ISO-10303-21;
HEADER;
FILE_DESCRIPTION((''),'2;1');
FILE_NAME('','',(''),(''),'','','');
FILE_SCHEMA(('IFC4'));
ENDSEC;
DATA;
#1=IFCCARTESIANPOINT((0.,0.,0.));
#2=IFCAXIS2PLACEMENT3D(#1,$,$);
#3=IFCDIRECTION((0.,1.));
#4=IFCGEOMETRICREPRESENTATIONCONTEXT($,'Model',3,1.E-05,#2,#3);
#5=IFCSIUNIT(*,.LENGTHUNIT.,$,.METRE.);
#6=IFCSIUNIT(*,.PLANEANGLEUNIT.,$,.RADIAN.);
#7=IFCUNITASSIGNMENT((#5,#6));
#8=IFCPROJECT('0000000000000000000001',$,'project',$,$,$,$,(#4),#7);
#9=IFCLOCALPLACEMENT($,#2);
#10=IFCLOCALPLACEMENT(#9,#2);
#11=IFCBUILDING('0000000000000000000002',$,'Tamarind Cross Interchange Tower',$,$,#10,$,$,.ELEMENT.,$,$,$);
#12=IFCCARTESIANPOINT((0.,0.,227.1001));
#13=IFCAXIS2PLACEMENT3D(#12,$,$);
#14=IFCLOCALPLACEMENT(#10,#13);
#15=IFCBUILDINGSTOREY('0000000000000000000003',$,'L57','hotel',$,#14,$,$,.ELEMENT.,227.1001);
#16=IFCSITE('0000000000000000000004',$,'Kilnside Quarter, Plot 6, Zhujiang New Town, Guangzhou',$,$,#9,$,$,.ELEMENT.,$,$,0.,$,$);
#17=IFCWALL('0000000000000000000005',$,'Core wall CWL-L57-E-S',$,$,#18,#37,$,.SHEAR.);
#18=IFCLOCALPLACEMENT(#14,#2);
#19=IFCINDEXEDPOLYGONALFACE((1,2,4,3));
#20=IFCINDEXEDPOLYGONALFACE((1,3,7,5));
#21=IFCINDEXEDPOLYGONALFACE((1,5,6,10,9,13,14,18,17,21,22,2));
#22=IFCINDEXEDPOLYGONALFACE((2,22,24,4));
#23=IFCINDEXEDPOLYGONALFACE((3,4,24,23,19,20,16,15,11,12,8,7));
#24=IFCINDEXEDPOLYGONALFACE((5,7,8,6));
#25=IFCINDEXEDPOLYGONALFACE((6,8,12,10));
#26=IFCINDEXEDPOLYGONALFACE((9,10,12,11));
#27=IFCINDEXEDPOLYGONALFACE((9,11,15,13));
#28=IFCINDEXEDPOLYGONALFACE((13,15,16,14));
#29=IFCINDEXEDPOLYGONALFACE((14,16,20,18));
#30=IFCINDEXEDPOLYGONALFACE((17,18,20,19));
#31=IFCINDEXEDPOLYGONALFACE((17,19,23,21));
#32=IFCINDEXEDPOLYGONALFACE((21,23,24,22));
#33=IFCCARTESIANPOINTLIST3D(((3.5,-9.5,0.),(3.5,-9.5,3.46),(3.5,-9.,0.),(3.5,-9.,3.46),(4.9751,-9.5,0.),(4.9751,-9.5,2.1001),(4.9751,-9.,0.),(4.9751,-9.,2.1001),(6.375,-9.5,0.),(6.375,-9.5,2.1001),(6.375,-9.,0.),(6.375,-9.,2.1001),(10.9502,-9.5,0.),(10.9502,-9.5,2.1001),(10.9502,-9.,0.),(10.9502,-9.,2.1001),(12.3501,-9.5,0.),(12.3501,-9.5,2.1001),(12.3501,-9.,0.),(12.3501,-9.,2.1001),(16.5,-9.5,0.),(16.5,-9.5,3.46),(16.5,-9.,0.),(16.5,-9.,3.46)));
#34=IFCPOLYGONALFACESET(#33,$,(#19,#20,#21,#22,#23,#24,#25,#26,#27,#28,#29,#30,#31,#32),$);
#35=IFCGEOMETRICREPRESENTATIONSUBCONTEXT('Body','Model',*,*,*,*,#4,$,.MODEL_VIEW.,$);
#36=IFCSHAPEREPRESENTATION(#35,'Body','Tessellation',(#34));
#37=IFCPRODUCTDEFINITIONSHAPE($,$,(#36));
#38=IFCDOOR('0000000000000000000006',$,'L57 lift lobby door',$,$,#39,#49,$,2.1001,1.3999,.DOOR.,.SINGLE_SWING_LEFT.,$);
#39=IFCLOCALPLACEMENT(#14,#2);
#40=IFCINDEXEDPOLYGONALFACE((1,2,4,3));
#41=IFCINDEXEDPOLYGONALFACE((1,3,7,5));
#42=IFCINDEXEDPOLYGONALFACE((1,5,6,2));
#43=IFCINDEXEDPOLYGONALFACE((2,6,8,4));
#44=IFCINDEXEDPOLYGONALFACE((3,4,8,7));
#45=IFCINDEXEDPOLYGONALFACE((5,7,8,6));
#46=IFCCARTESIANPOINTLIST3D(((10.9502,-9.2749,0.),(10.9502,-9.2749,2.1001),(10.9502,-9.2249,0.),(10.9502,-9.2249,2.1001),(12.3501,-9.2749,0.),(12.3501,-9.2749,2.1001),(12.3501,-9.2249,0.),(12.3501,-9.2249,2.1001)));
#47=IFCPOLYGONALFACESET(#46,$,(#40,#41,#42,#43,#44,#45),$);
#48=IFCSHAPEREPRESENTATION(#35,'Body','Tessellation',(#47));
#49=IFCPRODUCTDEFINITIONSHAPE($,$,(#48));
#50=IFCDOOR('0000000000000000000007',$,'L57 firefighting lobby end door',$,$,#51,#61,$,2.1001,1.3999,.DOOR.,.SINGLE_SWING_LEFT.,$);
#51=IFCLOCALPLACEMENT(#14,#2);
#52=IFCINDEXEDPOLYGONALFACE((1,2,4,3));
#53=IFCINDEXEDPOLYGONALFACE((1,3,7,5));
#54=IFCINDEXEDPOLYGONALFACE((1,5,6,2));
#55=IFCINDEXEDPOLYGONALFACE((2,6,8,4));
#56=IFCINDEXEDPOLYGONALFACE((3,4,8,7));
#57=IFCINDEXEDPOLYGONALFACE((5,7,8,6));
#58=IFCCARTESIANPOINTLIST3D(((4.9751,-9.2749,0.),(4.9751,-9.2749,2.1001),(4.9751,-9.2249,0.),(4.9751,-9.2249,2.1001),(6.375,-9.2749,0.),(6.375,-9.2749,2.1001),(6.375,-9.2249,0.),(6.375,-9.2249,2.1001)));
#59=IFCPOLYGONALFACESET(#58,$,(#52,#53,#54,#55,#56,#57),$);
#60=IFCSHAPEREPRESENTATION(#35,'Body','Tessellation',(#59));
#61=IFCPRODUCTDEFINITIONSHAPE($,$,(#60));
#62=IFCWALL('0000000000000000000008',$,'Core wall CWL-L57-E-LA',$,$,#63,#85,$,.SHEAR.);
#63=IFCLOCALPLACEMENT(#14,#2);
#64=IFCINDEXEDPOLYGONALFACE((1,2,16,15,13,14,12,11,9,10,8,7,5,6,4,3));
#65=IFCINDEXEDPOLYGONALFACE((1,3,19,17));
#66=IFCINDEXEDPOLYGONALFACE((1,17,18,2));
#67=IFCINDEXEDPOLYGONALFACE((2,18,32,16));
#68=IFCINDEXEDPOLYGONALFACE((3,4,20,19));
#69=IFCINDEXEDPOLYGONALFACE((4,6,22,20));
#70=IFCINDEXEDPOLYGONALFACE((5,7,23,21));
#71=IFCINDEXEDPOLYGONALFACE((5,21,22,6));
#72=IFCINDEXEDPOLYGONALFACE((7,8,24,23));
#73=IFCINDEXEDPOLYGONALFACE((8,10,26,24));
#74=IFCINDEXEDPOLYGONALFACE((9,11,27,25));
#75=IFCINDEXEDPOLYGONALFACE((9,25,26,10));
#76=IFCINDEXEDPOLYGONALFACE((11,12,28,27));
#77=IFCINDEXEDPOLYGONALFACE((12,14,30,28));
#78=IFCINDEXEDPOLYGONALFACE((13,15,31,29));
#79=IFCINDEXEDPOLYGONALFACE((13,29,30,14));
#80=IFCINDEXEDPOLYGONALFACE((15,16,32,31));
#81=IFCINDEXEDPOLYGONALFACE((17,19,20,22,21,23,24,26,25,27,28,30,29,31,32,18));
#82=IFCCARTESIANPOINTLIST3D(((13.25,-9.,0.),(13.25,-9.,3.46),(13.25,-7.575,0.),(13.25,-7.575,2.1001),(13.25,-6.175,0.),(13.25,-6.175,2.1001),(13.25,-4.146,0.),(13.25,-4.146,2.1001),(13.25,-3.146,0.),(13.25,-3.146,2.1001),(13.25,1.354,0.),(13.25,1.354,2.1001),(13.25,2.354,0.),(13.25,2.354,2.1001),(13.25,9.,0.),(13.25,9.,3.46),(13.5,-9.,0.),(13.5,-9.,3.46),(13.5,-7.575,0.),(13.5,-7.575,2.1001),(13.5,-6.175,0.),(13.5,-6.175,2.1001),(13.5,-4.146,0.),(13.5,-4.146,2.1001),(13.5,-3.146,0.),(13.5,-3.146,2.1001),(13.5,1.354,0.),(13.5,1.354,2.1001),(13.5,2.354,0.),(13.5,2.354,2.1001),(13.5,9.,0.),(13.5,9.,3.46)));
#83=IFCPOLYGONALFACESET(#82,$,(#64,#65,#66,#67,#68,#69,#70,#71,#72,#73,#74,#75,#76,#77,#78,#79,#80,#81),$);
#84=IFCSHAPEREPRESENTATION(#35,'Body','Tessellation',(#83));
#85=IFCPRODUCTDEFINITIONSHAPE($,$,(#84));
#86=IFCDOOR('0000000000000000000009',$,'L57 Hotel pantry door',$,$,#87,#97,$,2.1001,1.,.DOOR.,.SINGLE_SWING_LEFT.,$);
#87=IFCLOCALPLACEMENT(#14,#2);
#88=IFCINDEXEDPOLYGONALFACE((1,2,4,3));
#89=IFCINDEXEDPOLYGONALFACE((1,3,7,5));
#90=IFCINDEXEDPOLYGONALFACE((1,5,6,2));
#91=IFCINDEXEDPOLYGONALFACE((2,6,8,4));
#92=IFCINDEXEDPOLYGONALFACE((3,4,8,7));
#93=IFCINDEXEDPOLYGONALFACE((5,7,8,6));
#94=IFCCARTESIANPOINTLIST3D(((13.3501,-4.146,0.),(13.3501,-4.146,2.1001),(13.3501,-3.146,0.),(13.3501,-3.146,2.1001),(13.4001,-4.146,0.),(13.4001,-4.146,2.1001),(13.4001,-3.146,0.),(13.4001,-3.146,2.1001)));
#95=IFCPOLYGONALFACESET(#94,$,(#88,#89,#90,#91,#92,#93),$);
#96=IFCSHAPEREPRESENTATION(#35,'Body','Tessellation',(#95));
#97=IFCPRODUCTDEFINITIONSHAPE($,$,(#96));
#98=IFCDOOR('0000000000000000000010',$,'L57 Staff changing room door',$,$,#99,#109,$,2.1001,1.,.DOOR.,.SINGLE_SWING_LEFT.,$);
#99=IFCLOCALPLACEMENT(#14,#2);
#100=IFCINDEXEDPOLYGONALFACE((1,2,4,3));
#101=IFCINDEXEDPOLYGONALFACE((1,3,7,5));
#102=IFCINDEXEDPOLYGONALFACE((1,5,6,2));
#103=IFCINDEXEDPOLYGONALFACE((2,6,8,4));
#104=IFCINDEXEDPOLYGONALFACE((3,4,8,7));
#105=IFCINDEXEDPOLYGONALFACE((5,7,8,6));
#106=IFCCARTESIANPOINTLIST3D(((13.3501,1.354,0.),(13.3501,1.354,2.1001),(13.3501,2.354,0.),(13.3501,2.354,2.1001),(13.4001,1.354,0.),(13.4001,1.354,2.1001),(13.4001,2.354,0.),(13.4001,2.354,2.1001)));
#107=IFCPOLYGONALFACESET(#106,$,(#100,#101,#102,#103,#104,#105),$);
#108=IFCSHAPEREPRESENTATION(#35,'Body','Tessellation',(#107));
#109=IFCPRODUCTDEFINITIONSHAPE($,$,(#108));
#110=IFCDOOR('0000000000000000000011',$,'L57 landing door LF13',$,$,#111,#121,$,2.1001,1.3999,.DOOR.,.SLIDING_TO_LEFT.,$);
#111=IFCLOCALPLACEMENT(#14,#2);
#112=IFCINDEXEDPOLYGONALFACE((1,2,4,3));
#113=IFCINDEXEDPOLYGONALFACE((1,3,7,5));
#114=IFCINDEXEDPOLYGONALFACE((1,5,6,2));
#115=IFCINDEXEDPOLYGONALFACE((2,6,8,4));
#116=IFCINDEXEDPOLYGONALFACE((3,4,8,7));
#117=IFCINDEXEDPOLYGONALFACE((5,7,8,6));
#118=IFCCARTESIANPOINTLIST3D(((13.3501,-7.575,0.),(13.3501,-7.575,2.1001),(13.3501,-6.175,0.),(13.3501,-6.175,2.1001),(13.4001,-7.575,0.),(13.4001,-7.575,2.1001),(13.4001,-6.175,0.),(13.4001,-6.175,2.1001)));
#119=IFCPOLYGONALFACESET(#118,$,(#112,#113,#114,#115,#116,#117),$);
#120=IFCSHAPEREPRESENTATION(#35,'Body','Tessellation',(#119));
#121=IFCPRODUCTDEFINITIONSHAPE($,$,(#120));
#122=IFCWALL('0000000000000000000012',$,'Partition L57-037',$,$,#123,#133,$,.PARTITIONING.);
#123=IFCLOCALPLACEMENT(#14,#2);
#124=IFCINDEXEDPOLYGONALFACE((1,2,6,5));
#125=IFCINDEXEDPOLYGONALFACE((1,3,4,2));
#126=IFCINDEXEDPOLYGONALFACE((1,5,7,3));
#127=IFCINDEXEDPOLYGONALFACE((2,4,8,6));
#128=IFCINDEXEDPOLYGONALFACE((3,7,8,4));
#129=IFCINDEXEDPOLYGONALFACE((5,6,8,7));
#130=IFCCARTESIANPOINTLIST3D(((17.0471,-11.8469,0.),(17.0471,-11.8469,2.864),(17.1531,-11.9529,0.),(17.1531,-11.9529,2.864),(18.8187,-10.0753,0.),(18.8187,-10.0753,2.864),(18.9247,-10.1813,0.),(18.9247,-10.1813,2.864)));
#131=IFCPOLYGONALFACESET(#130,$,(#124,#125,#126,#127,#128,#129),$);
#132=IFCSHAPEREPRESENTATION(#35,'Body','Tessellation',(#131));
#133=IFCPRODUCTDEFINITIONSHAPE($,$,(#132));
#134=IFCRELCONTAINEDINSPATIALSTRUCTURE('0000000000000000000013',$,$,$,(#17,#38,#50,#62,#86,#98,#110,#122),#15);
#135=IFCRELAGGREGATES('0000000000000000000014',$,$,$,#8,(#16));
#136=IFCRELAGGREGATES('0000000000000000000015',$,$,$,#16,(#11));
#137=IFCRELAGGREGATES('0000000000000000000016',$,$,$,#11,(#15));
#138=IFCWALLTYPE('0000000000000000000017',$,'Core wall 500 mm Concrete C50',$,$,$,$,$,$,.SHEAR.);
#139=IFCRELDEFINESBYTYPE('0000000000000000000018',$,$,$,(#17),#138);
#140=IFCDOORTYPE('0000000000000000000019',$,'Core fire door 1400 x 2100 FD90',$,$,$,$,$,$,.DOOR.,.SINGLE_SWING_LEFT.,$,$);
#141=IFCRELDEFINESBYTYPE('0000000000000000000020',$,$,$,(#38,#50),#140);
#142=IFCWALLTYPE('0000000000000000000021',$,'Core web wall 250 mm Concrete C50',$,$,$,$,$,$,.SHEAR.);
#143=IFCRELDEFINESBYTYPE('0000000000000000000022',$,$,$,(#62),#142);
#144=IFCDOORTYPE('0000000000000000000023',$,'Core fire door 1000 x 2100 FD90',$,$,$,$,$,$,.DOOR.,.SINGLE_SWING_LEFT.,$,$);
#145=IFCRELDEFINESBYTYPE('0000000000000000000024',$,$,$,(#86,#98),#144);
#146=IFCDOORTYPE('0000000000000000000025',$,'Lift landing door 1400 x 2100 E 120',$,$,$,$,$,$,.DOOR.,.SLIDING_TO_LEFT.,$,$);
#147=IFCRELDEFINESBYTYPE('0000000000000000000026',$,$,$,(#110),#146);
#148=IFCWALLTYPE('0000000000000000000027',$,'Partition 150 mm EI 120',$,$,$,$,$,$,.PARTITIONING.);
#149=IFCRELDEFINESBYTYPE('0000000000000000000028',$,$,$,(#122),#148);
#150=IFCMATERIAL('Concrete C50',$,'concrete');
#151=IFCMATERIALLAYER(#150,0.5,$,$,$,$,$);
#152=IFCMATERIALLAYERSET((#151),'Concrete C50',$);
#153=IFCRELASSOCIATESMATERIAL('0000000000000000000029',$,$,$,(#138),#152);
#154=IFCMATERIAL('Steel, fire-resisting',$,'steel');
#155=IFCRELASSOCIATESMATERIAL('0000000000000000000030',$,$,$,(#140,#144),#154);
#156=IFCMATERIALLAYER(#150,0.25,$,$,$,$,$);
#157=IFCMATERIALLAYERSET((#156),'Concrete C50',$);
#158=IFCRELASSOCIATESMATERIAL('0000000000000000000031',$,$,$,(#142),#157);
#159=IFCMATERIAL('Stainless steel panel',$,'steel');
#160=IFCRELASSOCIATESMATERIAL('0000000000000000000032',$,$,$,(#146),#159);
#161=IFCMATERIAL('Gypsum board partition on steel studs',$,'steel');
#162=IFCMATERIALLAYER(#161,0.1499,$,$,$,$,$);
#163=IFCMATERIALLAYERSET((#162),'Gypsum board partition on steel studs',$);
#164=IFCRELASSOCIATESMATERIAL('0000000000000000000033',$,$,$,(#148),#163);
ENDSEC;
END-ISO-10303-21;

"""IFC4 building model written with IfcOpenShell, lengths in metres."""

from ifc_helpers import new_model, si_unit, direction, frame, frame_2d, origin, place, context, subcontext, project, spatial, rectangle, extrude, material, layer, layer_set, type_object, element, fill, save


model = new_model("IFC4")

# Units and contexts
model_context = context("Model", 3, precision=1e-05, world=origin(), true_north=direction((0.0, 1.0)))
body_context = subcontext(model_context, "Body", "Model", "MODEL_VIEW")
ifc_project = project(units=[si_unit("LENGTHUNIT", "METRE"), si_unit("PLANEANGLEUNIT", "RADIAN")], contexts=[model_context])

# Site, building, storey
site_placement = place(None, origin())
site = spatial("IfcSite", under=ifc_project, at=site_placement, Name="Kilnside Quarter, Plot 6, Zhujiang New Town, Guangzhou", CompositionType="ELEMENT", RefElevation=0.0)
building_placement = place(site_placement, origin())
building = spatial("IfcBuilding", under=site, at=building_placement, Name="Tamarind Cross Interchange Tower", CompositionType="ELEMENT")
storey_placement = place(building_placement, frame((0.0, 0.0, 227.1001)))
storey = spatial("IfcBuildingStorey", under=building, at=storey_placement, Name="L57", Description="hotel", CompositionType="ELEMENT", Elevation=227.1001)

# Shared definitions
ifc_material_1 = material(Name="Concrete C50", Category="concrete")

# Walls, openings, doors
ifc_layer_1 = layer(ifc_material_1, 0.5)
ifc_layer_set_1 = layer_set([ifc_layer_1], Name="Concrete C50")
wall_type_1 = type_object("IfcWallType", Name="Core wall 500 mm Concrete C50", PredefinedType="SHEAR", material=ifc_layer_set_1)
wall_1_placement = place(storey_placement, frame((16.5, -9.25, 0.0), z_axis=(0.0, 0.0, 1.0), x_axis=(-1.0, 0.0, 0.0)))
wall_1 = element("IfcWall", 1, at=wall_1_placement, inside=storey, type_object=wall_type_1, Name="Core wall CWL-L57-E-S", PredefinedType="SHEAR", context=body_context, shape_type="SweptSolid", body=[
    extrude(rectangle(XDim=13.0, YDim=0.5, at=frame_2d((6.5, 0.0))), origin(), (0.0, 0.0, 1.0), 3.46),
])
opening_1_placement = place(wall_1_placement, frame((4.1499, 0.0, 0.0)))
opening_1 = element("IfcOpeningElement", 2, at=opening_1_placement, cuts=wall_1, PredefinedType="OPENING", context=body_context, shape_type="SweptSolid", body=[
    extrude(rectangle(XDim=1.3999, YDim=2.1001, at=frame_2d((0.7, 1.05))), frame((0.0, 0.26, 0.0), z_axis=(0.0, -1.0, 0.0), x_axis=(1.0, 0.0, 0.0)), (0.0, 0.0, 1.0), 0.52),
])
opening_2_placement = place(wall_1_placement, frame((10.125, 0.0, 0.0)))
opening_2 = element("IfcOpeningElement", 3, at=opening_2_placement, cuts=wall_1, PredefinedType="OPENING", context=body_context, shape_type="SweptSolid", body=[
    extrude(rectangle(XDim=1.3999, YDim=2.1001, at=frame_2d((0.7, 1.05))), frame((0.0, 0.26, 0.0), z_axis=(0.0, -1.0, 0.0), x_axis=(1.0, 0.0, 0.0)), (0.0, 0.0, 1.0), 0.52),
])
ifc_material_2 = material(Name="Steel, fire-resisting", Category="steel")
door_type_1 = type_object("IfcDoorType", Name="Core fire door 1400 x 2100 FD90", OperationType="SINGLE_SWING_LEFT", PredefinedType="DOOR", material=ifc_material_2)
door_1_placement = place(opening_1_placement, origin())
door_1 = element("IfcDoor", 4, at=door_1_placement, inside=storey, type_object=door_type_1, Name="L57 lift lobby door", OperationType="SINGLE_SWING_LEFT", OverallHeight=2.1001, OverallWidth=1.3999, PredefinedType="DOOR", context=body_context, shape_type="SweptSolid", body=[
    extrude(rectangle(XDim=1.3999, YDim=2.1001, at=frame_2d((0.7, 1.05))), frame((0.0, 0.0249, 0.0), z_axis=(0.0, -1.0, 0.0), x_axis=(1.0, 0.0, 0.0)), (0.0, 0.0, 1.0), 0.05),
])
fill(opening_1, door_1)
door_2_placement = place(opening_2_placement, origin())
door_2 = element("IfcDoor", 5, at=door_2_placement, inside=storey, type_object=door_type_1, Name="L57 firefighting lobby end door", OperationType="SINGLE_SWING_LEFT", OverallHeight=2.1001, OverallWidth=1.3999, PredefinedType="DOOR", context=body_context, shape_type="SweptSolid", body=[
    extrude(rectangle(XDim=1.3999, YDim=2.1001, at=frame_2d((0.7, 1.05))), frame((0.0, 0.0249, 0.0), z_axis=(0.0, -1.0, 0.0), x_axis=(1.0, 0.0, 0.0)), (0.0, 0.0, 1.0), 0.05),
])
fill(opening_2, door_2)
ifc_layer_2 = layer(ifc_material_1, 0.25)
ifc_layer_set_2 = layer_set([ifc_layer_2], Name="Concrete C50")
wall_type_2 = type_object("IfcWallType", Name="Core web wall 250 mm Concrete C50", PredefinedType="SHEAR", material=ifc_layer_set_2)
wall_2_placement = place(storey_placement, frame((13.375, -9.0, 0.0), z_axis=(0.0, 0.0, 1.0), x_axis=(0.0, 1.0, 0.0)))
wall_2 = element("IfcWall", 6, at=wall_2_placement, inside=storey, type_object=wall_type_2, Name="Core wall CWL-L57-E-LA", PredefinedType="SHEAR", context=body_context, shape_type="SweptSolid", body=[
    extrude(rectangle(XDim=18.0, YDim=0.25, at=frame_2d((9.0, 0.0))), origin(), (0.0, 0.0, 1.0), 3.46),
])
opening_3_placement = place(wall_2_placement, frame((1.425, 0.0, 0.0)))
opening_3 = element("IfcOpeningElement", 7, at=opening_3_placement, cuts=wall_2, PredefinedType="OPENING", context=body_context, shape_type="SweptSolid", body=[
    extrude(rectangle(XDim=1.3999, YDim=2.1001, at=frame_2d((0.7, 1.05))), frame((0.0, 0.135, 0.0), z_axis=(0.0, -1.0, 0.0), x_axis=(1.0, 0.0, 0.0)), (0.0, 0.0, 1.0), 0.27),
])
opening_4_placement = place(wall_2_placement, frame((4.854, 0.0, 0.0)))
opening_4 = element("IfcOpeningElement", 8, at=opening_4_placement, cuts=wall_2, PredefinedType="OPENING", context=body_context, shape_type="SweptSolid", body=[
    extrude(rectangle(XDim=1.0, YDim=2.1001, at=frame_2d((0.5, 1.05))), frame((0.0, 0.135, 0.0), z_axis=(0.0, -1.0, 0.0), x_axis=(1.0, 0.0, 0.0)), (0.0, 0.0, 1.0), 0.27),
])
opening_5_placement = place(wall_2_placement, frame((10.354, 0.0, 0.0)))
opening_5 = element("IfcOpeningElement", 9, at=opening_5_placement, cuts=wall_2, PredefinedType="OPENING", context=body_context, shape_type="SweptSolid", body=[
    extrude(rectangle(XDim=1.0, YDim=2.1001, at=frame_2d((0.5, 1.05))), frame((0.0, 0.135, 0.0), z_axis=(0.0, -1.0, 0.0), x_axis=(1.0, 0.0, 0.0)), (0.0, 0.0, 1.0), 0.27),
])
door_type_2 = type_object("IfcDoorType", Name="Core fire door 1000 x 2100 FD90", OperationType="SINGLE_SWING_LEFT", PredefinedType="DOOR", material=ifc_material_2)
door_3_placement = place(opening_4_placement, origin())
door_3 = element("IfcDoor", 10, at=door_3_placement, inside=storey, type_object=door_type_2, Name="L57 Hotel pantry door", OperationType="SINGLE_SWING_LEFT", OverallHeight=2.1001, OverallWidth=1.0, PredefinedType="DOOR", context=body_context, shape_type="SweptSolid", body=[
    extrude(rectangle(XDim=1.0, YDim=2.1001, at=frame_2d((0.5, 1.05))), frame((0.0, 0.0249, 0.0), z_axis=(0.0, -1.0, 0.0), x_axis=(1.0, 0.0, 0.0)), (0.0, 0.0, 1.0), 0.05),
])
fill(opening_4, door_3)
door_4_placement = place(opening_5_placement, origin())
door_4 = element("IfcDoor", 11, at=door_4_placement, inside=storey, type_object=door_type_2, Name="L57 Staff changing room door", OperationType="SINGLE_SWING_LEFT", OverallHeight=2.1001, OverallWidth=1.0, PredefinedType="DOOR", context=body_context, shape_type="SweptSolid", body=[
    extrude(rectangle(XDim=1.0, YDim=2.1001, at=frame_2d((0.5, 1.05))), frame((0.0, 0.0249, 0.0), z_axis=(0.0, -1.0, 0.0), x_axis=(1.0, 0.0, 0.0)), (0.0, 0.0, 1.0), 0.05),
])
fill(opening_5, door_4)
ifc_material_3 = material(Name="Stainless steel panel", Category="steel")
door_type_3 = type_object("IfcDoorType", Name="Lift landing door 1400 x 2100 E 120", OperationType="SLIDING_TO_LEFT", PredefinedType="DOOR", material=ifc_material_3)
door_5_placement = place(opening_3_placement, origin())
door_5 = element("IfcDoor", 12, at=door_5_placement, inside=storey, type_object=door_type_3, Name="L57 landing door LF13", OperationType="SLIDING_TO_LEFT", OverallHeight=2.1001, OverallWidth=1.3999, PredefinedType="DOOR", context=body_context, shape_type="SweptSolid", body=[
    extrude(rectangle(XDim=1.3999, YDim=2.1001, at=frame_2d((0.7, 1.05))), frame((0.0, 0.0249, 0.0), z_axis=(0.0, -1.0, 0.0), x_axis=(1.0, 0.0, 0.0)), (0.0, 0.0, 1.0), 0.05),
])
fill(opening_3, door_5)

# Wall
ifc_material_4 = material(Name="Gypsum board partition on steel studs", Category="steel")
ifc_layer_3 = layer(ifc_material_4, 0.1499)
ifc_layer_set_3 = layer_set([ifc_layer_3], Name="Gypsum board partition on steel studs")
wall_type_3 = type_object("IfcWallType", Name="Partition 150 mm EI 120", PredefinedType="PARTITIONING", material=ifc_layer_set_3)
wall_3_placement = place(storey_placement, frame((17.1001, -11.8999, 0.0), z_axis=(0.0, 0.0, 1.0), x_axis=(0.707107, 0.707107, 0.0)))
element("IfcWall", 13, at=wall_3_placement, inside=storey, type_object=wall_type_3, Name="Partition L57-037", PredefinedType="PARTITIONING", context=body_context, shape_type="SweptSolid", body=[
    extrude(rectangle(XDim=2.5054, YDim=0.1499, at=frame_2d((1.2527, 0.0))), origin(), (0.0, 0.0, 1.0), 2.864),
])

save(model, "model.ifc")
